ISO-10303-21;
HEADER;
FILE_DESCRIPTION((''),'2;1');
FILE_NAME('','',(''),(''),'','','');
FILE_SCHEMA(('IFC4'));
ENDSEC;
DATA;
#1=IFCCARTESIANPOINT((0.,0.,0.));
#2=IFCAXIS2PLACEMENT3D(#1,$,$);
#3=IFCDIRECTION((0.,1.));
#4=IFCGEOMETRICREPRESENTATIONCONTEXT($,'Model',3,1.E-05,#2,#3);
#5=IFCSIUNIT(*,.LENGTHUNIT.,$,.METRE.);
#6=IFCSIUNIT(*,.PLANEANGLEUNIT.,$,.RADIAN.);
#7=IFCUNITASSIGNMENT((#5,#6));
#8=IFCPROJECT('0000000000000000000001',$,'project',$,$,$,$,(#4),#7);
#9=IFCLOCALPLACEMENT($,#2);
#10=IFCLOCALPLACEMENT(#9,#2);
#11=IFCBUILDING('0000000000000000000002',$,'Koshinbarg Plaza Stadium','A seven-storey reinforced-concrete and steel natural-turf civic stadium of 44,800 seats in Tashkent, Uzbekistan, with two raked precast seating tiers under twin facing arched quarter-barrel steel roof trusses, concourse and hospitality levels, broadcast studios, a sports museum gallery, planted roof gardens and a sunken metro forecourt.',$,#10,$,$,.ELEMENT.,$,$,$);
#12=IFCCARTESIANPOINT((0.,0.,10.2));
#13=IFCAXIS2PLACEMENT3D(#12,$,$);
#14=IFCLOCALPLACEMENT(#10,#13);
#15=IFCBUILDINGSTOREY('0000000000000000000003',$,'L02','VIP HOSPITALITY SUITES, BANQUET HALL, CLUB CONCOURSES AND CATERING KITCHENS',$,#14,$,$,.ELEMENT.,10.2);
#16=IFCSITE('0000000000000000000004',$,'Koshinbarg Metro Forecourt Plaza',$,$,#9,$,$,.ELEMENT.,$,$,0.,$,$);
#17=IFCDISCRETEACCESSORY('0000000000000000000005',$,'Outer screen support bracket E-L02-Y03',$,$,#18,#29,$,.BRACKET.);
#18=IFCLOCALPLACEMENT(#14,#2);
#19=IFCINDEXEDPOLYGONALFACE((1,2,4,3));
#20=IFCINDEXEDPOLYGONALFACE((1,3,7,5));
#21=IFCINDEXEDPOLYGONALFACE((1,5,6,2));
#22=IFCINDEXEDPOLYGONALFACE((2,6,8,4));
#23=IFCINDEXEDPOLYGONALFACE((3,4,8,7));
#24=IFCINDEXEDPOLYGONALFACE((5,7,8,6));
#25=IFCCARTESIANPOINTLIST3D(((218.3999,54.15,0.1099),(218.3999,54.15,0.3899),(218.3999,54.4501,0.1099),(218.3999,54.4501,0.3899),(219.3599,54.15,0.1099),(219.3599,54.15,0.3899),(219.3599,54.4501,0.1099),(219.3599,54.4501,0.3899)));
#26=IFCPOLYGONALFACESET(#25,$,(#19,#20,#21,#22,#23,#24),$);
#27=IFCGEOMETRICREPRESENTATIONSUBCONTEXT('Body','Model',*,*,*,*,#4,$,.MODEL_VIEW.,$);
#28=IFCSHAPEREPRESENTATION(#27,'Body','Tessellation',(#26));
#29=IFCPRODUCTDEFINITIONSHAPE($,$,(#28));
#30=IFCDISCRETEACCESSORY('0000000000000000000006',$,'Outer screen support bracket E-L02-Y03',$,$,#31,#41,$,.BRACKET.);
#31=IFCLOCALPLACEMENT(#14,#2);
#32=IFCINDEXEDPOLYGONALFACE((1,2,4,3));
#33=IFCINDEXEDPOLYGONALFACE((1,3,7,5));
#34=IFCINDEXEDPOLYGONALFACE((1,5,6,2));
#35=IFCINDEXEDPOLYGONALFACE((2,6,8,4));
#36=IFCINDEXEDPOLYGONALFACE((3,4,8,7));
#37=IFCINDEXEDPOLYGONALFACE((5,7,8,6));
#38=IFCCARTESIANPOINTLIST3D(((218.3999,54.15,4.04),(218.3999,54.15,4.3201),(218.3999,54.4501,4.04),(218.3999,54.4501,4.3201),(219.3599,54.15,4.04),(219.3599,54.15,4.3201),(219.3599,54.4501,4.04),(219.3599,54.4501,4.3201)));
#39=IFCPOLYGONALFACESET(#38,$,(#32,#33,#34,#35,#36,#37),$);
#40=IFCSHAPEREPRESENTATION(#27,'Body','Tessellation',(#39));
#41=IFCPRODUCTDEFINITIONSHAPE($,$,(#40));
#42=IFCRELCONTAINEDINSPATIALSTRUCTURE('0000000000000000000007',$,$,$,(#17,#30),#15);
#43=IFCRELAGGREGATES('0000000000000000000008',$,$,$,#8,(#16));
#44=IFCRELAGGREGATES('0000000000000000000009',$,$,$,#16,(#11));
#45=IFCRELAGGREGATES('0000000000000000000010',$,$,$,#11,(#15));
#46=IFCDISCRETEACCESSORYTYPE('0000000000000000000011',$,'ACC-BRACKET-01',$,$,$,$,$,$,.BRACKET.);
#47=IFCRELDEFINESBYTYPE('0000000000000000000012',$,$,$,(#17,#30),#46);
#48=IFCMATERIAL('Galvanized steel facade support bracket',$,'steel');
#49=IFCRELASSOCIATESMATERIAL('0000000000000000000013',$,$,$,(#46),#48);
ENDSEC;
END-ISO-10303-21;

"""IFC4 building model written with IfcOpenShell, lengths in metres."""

from ifc_helpers import new_model, si_unit, direction, frame, origin, origin_2d, place, context, subcontext, project, spatial, rectangle, extrude, material, type_object, element, save


model = new_model("IFC4")

# Units and contexts
model_context = context("Model", 3, precision=1e-05, world=origin(), true_north=direction((0.0, 1.0)))
body_context = subcontext(model_context, "Body", "Model", "MODEL_VIEW")
ifc_project = project(units=[si_unit("LENGTHUNIT", "METRE"), si_unit("PLANEANGLEUNIT", "RADIAN")], contexts=[model_context])

# Site, building, storey
site_placement = place(None, origin())
site = spatial("IfcSite", under=ifc_project, at=site_placement, Name="Koshinbarg Metro Forecourt Plaza", CompositionType="ELEMENT", RefElevation=0.0)
building_placement = place(site_placement, origin())
building = spatial("IfcBuilding", under=site, at=building_placement, Name="Koshinbarg Plaza Stadium", Description="A seven-storey reinforced-concrete and steel natural-turf civic stadium of 44,800 seats in Tashkent, Uzbekistan, with two raked precast seating tiers under twin facing arched quarter-barrel steel roof trusses, concourse and hospitality levels, broadcast studios, a sports museum gallery, planted roof gardens and a sunken metro forecourt.", CompositionType="ELEMENT")
storey_placement = place(building_placement, frame((0.0, 0.0, 10.2)))
storey = spatial("IfcBuildingStorey", under=building, at=storey_placement, Name="L02", Description="VIP HOSPITALITY SUITES, BANQUET HALL, CLUB CONCOURSES AND CATERING KITCHENS", CompositionType="ELEMENT", Elevation=10.2)

# Discrete accessories
ifc_material_1 = material(Name="Galvanized steel facade support bracket", Category="steel")
discrete_accessory_type = type_object("IfcDiscreteAccessoryType", Name="ACC-BRACKET-01", PredefinedType="BRACKET", material=ifc_material_1)
for number, where, z_axis, x_axis, name in (
    (1, (218.8799, 54.3, 0.1099), (0.0, 0.0, 1.0), (1.0, 0.0, 0.0), "Outer screen support bracket E-L02-Y03"),
    (2, (218.8799, 54.3, 4.04), (0.0, 0.0, 1.0), (1.0, 0.0, 0.0), "Outer screen support bracket E-L02-Y03"),
):
    element("IfcDiscreteAccessory", number, at=place(storey_placement, frame(where, z_axis=z_axis, x_axis=x_axis)), inside=storey, type_object=discrete_accessory_type, Name=name, PredefinedType="BRACKET", context=body_context, shape_type="SweptSolid", body=[
        extrude(rectangle(XDim=0.96, YDim=0.3, at=origin_2d()), origin(), (0.0, 0.0, 1.0), 0.28),
    ])

save(model, "model.ifc")
